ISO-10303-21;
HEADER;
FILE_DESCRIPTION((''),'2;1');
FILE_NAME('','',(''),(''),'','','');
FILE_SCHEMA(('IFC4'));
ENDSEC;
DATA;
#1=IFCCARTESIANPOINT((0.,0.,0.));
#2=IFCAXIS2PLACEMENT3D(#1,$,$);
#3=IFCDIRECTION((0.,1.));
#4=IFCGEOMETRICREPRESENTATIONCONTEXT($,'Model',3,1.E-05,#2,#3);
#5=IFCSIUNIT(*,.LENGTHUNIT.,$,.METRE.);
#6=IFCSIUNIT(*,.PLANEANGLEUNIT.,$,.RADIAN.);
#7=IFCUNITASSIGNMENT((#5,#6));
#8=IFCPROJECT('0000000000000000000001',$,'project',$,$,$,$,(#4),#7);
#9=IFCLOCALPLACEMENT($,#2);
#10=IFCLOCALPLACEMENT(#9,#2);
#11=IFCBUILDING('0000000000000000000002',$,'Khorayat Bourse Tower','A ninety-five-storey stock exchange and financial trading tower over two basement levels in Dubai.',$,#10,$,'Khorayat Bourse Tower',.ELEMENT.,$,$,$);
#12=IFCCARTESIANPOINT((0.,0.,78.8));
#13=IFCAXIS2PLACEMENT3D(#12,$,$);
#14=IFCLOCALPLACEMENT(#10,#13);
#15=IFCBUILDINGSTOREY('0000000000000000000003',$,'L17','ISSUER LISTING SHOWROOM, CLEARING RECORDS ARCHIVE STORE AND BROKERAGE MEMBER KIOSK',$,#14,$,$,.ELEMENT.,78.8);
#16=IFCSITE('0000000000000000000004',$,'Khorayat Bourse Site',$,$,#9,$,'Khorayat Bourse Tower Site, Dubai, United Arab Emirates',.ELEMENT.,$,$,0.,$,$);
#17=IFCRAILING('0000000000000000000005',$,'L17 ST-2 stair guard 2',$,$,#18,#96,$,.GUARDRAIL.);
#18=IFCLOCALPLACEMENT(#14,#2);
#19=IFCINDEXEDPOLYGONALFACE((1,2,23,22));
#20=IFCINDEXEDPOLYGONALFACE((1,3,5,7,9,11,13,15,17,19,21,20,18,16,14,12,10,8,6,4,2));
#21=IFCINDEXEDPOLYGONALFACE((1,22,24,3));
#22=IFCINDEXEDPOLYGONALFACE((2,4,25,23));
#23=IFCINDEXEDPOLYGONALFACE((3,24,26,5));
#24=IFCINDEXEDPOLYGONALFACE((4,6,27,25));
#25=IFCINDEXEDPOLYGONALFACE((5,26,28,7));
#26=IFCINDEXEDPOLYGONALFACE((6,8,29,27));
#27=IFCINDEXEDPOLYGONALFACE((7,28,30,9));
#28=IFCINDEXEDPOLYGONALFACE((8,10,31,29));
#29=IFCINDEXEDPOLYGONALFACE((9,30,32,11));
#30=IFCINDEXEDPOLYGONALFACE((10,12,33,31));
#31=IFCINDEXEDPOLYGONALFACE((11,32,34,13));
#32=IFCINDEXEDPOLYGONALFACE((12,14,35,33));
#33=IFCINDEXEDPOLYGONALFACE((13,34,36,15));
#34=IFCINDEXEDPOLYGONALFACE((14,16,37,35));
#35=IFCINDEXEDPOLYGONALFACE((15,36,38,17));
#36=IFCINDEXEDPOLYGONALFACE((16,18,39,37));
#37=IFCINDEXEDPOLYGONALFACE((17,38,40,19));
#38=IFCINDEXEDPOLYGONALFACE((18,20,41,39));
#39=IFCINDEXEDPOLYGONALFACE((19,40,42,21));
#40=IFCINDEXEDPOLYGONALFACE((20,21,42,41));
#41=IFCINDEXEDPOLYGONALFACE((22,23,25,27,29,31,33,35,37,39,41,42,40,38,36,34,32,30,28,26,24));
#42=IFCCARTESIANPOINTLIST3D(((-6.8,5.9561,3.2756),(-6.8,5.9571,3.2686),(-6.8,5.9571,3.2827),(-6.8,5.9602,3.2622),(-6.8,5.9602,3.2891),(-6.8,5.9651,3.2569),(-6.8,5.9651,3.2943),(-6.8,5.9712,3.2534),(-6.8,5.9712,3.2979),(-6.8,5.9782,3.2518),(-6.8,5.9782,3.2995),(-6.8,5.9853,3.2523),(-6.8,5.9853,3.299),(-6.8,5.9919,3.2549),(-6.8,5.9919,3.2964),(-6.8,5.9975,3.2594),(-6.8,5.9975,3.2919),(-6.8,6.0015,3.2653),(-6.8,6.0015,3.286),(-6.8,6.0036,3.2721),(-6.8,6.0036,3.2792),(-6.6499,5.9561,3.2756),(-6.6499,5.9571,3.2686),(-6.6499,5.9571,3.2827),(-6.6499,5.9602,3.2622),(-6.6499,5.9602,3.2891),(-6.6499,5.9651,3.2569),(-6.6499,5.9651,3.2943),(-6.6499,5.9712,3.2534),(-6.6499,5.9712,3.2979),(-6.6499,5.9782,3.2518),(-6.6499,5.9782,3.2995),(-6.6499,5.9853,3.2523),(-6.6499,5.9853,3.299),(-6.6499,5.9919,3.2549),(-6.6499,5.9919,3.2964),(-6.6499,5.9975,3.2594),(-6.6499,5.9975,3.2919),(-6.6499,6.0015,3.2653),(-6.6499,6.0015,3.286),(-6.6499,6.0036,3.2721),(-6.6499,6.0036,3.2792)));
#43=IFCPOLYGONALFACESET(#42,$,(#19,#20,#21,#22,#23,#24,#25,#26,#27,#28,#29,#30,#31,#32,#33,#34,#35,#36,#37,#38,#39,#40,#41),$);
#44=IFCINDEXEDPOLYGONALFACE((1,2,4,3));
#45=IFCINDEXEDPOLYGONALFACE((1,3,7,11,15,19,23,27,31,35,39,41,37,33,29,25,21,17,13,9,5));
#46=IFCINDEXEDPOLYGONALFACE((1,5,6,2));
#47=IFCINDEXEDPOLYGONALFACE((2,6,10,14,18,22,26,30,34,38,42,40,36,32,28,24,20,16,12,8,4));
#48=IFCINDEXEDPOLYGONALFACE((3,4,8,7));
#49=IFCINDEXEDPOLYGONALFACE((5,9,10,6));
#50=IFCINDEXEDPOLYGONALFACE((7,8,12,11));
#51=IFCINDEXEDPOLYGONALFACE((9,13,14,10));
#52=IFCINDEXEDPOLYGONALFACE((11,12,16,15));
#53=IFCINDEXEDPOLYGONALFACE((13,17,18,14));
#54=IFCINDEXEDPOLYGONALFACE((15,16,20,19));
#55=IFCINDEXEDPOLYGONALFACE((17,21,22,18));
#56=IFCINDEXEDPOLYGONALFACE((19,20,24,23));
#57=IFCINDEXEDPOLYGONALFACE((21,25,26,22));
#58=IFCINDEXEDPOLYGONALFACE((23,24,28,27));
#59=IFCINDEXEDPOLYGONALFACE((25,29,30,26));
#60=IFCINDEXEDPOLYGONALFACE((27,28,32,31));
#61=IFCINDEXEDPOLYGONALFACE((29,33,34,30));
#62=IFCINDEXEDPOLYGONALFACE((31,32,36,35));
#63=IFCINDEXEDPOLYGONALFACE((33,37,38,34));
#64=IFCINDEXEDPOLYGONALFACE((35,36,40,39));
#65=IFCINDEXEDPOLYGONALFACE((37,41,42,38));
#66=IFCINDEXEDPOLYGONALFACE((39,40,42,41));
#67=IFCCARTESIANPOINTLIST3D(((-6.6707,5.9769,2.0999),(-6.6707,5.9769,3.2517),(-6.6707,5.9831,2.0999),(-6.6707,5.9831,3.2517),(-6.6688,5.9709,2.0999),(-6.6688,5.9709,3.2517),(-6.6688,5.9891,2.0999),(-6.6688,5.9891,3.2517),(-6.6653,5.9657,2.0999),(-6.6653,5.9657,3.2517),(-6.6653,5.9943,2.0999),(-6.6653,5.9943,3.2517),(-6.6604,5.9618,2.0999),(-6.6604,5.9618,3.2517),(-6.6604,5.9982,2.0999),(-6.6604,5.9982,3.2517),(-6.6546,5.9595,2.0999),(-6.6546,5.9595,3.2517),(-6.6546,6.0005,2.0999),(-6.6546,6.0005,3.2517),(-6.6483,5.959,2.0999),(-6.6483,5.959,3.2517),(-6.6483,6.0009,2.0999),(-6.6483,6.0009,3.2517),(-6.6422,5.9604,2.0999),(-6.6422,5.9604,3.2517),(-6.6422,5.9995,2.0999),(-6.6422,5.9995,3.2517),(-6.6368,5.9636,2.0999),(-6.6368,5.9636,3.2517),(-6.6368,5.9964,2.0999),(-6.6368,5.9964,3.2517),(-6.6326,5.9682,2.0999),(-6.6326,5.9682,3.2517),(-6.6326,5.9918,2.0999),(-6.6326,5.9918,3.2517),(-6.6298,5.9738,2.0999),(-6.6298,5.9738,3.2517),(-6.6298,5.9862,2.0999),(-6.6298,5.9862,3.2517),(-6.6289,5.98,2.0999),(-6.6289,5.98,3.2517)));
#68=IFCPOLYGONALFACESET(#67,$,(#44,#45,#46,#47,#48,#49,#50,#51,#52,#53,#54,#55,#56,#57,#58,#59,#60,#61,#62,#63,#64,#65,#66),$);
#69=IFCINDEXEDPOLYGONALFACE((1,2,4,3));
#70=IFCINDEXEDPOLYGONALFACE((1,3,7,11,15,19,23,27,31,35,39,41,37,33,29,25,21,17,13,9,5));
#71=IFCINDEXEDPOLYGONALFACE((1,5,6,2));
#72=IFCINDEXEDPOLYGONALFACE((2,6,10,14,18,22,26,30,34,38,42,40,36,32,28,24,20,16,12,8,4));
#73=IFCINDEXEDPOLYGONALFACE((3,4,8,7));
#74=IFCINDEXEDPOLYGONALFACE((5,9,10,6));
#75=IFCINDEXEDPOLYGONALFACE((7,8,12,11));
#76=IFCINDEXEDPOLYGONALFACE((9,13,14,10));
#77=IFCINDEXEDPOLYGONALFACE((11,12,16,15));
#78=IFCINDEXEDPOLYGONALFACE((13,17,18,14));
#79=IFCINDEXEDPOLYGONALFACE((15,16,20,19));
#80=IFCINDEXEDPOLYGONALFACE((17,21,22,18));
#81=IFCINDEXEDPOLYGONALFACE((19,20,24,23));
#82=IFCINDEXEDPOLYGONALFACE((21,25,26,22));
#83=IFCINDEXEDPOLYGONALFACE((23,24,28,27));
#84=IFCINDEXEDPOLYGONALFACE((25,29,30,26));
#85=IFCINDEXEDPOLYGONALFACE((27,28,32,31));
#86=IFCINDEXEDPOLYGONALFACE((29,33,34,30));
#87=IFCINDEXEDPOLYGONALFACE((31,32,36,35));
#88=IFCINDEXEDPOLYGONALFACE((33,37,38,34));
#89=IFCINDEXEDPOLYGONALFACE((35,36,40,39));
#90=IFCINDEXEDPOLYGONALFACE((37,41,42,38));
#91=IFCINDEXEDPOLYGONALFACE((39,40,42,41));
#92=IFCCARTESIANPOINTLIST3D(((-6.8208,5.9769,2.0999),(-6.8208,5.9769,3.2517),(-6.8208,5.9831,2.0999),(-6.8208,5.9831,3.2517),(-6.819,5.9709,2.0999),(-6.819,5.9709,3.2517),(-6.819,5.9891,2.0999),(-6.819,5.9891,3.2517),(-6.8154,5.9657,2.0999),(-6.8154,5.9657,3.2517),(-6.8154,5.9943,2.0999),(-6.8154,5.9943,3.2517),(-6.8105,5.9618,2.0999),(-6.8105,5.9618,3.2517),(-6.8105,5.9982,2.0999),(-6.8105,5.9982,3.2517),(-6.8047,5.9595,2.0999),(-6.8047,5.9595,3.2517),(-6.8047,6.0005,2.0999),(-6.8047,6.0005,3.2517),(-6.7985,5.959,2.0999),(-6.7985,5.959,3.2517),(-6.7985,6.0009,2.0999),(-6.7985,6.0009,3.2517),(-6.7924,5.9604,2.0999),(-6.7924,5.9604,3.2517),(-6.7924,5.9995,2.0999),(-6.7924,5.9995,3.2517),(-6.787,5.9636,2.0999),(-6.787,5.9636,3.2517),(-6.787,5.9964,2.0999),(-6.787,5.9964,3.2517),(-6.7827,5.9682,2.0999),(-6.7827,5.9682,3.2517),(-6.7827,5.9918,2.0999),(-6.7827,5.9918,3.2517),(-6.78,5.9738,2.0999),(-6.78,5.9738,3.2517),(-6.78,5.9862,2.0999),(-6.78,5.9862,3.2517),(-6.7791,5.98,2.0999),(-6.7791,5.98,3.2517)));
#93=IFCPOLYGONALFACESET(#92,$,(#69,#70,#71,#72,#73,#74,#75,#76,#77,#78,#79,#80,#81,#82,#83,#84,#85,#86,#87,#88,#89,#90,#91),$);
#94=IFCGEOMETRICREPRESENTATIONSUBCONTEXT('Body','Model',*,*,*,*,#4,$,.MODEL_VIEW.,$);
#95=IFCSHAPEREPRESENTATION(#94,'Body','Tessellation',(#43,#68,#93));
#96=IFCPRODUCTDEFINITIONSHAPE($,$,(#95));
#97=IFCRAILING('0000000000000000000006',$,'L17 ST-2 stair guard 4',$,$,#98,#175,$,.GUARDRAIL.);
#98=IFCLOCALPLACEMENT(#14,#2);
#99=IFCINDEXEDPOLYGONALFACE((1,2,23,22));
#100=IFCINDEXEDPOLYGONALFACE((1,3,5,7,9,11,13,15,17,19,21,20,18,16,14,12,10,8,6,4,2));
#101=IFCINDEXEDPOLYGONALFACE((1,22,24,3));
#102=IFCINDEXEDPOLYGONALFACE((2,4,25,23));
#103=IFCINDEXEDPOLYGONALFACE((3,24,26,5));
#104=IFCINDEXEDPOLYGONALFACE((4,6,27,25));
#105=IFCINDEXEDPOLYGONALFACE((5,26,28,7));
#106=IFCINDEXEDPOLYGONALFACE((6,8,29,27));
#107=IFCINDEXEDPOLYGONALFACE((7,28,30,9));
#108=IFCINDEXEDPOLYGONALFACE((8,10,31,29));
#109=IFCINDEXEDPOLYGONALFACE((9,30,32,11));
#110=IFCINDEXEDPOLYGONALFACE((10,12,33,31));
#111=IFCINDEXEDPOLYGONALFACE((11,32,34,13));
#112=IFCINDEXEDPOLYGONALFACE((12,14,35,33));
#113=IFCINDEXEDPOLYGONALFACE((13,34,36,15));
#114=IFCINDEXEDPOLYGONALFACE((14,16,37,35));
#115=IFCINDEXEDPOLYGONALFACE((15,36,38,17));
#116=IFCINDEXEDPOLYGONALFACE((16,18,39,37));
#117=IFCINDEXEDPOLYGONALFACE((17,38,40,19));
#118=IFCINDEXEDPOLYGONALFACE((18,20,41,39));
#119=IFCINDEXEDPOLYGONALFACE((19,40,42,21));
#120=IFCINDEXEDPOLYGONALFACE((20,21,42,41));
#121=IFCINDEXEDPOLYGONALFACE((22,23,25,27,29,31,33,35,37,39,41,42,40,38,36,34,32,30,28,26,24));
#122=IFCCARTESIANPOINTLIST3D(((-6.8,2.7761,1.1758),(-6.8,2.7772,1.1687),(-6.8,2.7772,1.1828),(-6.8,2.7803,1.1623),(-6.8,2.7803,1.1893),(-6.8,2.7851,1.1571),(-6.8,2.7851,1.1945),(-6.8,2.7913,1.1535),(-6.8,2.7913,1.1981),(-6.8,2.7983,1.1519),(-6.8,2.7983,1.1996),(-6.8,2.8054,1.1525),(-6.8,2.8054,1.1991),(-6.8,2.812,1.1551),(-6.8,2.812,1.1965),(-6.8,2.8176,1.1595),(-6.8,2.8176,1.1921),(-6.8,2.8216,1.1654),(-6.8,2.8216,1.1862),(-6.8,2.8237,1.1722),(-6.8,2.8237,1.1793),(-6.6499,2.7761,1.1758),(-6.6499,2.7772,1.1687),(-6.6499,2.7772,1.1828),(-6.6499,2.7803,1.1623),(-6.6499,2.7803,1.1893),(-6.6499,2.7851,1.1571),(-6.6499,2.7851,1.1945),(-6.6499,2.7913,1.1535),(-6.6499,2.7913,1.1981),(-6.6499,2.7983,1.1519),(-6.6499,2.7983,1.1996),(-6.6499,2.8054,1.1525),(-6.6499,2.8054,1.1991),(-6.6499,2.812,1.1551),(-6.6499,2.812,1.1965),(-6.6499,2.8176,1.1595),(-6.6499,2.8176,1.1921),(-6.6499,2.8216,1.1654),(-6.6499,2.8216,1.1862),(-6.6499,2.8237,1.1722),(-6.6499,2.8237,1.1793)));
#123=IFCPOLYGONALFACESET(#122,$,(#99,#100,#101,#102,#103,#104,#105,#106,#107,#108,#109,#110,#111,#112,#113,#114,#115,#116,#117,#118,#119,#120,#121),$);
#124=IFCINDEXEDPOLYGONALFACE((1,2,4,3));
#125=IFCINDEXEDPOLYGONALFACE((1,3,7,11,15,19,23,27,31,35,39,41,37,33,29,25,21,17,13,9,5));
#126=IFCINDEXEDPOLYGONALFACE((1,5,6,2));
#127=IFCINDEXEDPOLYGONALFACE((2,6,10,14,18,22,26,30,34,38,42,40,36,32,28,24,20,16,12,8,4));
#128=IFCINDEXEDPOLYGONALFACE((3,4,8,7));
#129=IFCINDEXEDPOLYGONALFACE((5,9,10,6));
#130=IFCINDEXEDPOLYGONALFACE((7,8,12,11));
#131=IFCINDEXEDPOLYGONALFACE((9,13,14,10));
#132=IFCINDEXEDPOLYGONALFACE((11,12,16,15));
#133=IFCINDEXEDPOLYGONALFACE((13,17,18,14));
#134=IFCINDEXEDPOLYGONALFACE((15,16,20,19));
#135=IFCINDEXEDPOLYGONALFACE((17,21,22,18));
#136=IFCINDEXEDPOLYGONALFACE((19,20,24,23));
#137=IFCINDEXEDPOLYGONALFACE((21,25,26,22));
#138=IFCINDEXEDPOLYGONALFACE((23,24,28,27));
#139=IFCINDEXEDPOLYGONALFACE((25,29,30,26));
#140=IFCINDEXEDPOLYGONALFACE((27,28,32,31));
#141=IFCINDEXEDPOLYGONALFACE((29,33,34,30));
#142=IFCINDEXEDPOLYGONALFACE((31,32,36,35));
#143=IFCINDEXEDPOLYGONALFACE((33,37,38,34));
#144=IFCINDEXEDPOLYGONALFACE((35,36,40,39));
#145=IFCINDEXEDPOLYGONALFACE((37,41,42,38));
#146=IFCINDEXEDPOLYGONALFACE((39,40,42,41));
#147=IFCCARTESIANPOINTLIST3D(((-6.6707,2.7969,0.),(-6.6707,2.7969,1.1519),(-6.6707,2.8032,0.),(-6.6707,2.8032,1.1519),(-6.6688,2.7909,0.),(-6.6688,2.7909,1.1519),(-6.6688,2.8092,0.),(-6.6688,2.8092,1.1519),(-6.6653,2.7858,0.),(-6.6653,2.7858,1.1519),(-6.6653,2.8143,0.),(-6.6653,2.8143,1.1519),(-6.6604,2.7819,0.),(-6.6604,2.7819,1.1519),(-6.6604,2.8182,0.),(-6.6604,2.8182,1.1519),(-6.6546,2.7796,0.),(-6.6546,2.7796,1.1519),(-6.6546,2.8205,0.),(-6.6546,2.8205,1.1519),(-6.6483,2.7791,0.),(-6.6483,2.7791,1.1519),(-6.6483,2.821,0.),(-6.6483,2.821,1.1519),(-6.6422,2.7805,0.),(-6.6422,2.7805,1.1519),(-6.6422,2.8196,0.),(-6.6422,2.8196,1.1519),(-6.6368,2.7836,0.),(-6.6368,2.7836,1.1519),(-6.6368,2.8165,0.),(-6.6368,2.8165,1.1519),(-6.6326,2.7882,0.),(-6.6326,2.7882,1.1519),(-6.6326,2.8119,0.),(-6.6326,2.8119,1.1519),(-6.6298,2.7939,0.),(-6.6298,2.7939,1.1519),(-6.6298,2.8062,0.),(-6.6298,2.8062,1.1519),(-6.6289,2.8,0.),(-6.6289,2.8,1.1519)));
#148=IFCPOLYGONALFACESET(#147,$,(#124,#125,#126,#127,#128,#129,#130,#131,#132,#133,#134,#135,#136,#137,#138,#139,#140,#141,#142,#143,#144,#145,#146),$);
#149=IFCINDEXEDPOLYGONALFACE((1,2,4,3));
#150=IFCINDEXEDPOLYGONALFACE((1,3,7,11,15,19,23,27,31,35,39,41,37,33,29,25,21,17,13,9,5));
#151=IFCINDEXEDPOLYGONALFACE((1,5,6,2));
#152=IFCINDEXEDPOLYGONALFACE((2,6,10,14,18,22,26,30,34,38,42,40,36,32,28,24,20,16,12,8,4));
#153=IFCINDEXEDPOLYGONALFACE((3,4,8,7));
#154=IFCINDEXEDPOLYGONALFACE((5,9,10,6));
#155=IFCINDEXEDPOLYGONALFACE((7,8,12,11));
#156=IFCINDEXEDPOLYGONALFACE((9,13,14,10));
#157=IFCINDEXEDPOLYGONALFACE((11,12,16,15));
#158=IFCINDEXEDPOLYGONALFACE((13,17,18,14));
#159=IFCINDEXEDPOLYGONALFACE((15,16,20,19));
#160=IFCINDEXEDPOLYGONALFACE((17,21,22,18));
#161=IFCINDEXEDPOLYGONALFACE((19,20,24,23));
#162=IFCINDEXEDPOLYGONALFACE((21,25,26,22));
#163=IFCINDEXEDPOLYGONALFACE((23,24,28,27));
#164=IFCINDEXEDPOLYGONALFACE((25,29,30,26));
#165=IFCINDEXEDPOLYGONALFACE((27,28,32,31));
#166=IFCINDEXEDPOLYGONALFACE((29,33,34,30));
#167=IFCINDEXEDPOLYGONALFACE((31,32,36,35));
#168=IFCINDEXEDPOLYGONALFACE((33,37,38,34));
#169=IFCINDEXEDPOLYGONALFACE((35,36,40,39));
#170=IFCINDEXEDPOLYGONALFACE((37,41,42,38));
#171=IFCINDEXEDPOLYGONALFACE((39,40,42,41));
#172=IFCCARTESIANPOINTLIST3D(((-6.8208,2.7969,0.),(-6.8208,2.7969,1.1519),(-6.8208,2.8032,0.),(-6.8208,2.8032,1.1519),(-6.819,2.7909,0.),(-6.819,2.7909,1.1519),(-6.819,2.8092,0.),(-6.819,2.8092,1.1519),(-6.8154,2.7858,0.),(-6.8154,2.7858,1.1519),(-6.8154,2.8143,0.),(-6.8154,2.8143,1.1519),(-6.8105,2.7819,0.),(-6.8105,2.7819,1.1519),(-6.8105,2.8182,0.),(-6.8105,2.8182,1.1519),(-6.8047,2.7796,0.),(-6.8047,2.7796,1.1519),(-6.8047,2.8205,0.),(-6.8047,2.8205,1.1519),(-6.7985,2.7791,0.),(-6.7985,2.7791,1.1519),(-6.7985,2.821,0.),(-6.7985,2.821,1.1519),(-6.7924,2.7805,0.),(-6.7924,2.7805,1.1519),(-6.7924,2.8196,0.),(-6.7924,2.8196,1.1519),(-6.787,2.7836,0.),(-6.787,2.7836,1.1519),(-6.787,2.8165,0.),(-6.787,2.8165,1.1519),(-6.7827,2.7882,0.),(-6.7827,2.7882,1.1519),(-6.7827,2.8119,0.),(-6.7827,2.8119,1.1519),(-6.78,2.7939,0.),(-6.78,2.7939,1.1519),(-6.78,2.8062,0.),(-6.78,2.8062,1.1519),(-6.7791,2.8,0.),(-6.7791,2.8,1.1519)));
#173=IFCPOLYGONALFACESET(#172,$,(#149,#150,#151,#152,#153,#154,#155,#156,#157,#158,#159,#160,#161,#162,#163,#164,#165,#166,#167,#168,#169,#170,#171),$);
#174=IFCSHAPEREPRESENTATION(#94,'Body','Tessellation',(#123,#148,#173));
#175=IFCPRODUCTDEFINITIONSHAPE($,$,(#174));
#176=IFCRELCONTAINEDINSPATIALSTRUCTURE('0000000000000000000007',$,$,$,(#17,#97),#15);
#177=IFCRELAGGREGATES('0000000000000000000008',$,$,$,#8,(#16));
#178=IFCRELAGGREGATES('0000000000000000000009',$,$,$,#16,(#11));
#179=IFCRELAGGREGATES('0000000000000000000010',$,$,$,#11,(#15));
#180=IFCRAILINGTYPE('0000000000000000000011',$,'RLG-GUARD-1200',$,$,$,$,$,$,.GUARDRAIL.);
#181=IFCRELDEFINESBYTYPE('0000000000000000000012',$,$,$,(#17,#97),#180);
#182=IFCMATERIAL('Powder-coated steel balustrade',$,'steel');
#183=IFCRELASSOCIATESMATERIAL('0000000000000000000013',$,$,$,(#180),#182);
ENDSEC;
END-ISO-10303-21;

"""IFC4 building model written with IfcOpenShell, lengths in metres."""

from ifc_helpers import new_model, si_unit, direction, frame, origin, origin_2d, place, context, subcontext, project, spatial, circle, extrude, source, transform, mapped, material, type_object, element, save


model = new_model("IFC4")

# Units and contexts
model_context = context("Model", 3, precision=1e-05, world=origin(), true_north=direction((0.0, 1.0)))
body_context = subcontext(model_context, "Body", "Model", "MODEL_VIEW")
ifc_project = project(units=[si_unit("LENGTHUNIT", "METRE"), si_unit("PLANEANGLEUNIT", "RADIAN")], contexts=[model_context])

# Site, building, storey
site_placement = place(None, origin())
site = spatial("IfcSite", under=ifc_project, at=site_placement, Name="Khorayat Bourse Site", LongName="Khorayat Bourse Tower Site, Dubai, United Arab Emirates", CompositionType="ELEMENT", RefElevation=0.0)
building_placement = place(site_placement, origin())
building = spatial("IfcBuilding", under=site, at=building_placement, Name="Khorayat Bourse Tower", Description="A ninety-five-storey stock exchange and financial trading tower over two basement levels in Dubai.", LongName="Khorayat Bourse Tower", CompositionType="ELEMENT")
storey_placement = place(building_placement, frame((0.0, 0.0, 78.8)))
storey = spatial("IfcBuildingStorey", under=building, at=storey_placement, Name="L17", Description="ISSUER LISTING SHOWROOM, CLEARING RECORDS ARCHIVE STORE AND BROKERAGE MEMBER KIOSK", CompositionType="ELEMENT", Elevation=78.8)

# Railings
ifc_material_1 = material(Name="Powder-coated steel balustrade", Category="steel")
railing_type_1 = type_object("IfcRailingType", Name="RLG-GUARD-1200", PredefinedType="GUARDRAIL", material=ifc_material_1)
shared_shape_1 = source(origin(), body_context, "Body", "SweptSolid", [
    extrude(circle(Radius=0.0239, at=origin_2d()), frame((0.0, 0.0, 1.1758), z_axis=(-1.0, 0.0, 0.0), x_axis=(0.0, -1.0, 0.0)), (0.0, 0.0, 1.0), 0.1501),
    extrude(circle(Radius=0.021, at=origin_2d()), origin(), (0.0, 0.0, 1.0), 1.1519),
    extrude(circle(Radius=0.021, at=origin_2d()), frame((-0.1501, 0.0, 0.0)), (0.0, 0.0, 1.0), 1.1519),
])
for number, where, name in (
    (1, (-6.6499, 5.98, 2.0999), "L17 ST-2 stair guard 2"),
    (2, (-6.6499, 2.8, 0.0), "L17 ST-2 stair guard 4"),
):
    element("IfcRailing", number, at=place(storey_placement, frame(where)), inside=storey, type_object=railing_type_1, Name=name, PredefinedType="GUARDRAIL", context=body_context, shape_type="MappedRepresentation", body=[
        mapped(shared_shape_1, transform((0.0, 0.0, 0.0), scale=1.0)),
    ])

save(model, "model.ifc")
